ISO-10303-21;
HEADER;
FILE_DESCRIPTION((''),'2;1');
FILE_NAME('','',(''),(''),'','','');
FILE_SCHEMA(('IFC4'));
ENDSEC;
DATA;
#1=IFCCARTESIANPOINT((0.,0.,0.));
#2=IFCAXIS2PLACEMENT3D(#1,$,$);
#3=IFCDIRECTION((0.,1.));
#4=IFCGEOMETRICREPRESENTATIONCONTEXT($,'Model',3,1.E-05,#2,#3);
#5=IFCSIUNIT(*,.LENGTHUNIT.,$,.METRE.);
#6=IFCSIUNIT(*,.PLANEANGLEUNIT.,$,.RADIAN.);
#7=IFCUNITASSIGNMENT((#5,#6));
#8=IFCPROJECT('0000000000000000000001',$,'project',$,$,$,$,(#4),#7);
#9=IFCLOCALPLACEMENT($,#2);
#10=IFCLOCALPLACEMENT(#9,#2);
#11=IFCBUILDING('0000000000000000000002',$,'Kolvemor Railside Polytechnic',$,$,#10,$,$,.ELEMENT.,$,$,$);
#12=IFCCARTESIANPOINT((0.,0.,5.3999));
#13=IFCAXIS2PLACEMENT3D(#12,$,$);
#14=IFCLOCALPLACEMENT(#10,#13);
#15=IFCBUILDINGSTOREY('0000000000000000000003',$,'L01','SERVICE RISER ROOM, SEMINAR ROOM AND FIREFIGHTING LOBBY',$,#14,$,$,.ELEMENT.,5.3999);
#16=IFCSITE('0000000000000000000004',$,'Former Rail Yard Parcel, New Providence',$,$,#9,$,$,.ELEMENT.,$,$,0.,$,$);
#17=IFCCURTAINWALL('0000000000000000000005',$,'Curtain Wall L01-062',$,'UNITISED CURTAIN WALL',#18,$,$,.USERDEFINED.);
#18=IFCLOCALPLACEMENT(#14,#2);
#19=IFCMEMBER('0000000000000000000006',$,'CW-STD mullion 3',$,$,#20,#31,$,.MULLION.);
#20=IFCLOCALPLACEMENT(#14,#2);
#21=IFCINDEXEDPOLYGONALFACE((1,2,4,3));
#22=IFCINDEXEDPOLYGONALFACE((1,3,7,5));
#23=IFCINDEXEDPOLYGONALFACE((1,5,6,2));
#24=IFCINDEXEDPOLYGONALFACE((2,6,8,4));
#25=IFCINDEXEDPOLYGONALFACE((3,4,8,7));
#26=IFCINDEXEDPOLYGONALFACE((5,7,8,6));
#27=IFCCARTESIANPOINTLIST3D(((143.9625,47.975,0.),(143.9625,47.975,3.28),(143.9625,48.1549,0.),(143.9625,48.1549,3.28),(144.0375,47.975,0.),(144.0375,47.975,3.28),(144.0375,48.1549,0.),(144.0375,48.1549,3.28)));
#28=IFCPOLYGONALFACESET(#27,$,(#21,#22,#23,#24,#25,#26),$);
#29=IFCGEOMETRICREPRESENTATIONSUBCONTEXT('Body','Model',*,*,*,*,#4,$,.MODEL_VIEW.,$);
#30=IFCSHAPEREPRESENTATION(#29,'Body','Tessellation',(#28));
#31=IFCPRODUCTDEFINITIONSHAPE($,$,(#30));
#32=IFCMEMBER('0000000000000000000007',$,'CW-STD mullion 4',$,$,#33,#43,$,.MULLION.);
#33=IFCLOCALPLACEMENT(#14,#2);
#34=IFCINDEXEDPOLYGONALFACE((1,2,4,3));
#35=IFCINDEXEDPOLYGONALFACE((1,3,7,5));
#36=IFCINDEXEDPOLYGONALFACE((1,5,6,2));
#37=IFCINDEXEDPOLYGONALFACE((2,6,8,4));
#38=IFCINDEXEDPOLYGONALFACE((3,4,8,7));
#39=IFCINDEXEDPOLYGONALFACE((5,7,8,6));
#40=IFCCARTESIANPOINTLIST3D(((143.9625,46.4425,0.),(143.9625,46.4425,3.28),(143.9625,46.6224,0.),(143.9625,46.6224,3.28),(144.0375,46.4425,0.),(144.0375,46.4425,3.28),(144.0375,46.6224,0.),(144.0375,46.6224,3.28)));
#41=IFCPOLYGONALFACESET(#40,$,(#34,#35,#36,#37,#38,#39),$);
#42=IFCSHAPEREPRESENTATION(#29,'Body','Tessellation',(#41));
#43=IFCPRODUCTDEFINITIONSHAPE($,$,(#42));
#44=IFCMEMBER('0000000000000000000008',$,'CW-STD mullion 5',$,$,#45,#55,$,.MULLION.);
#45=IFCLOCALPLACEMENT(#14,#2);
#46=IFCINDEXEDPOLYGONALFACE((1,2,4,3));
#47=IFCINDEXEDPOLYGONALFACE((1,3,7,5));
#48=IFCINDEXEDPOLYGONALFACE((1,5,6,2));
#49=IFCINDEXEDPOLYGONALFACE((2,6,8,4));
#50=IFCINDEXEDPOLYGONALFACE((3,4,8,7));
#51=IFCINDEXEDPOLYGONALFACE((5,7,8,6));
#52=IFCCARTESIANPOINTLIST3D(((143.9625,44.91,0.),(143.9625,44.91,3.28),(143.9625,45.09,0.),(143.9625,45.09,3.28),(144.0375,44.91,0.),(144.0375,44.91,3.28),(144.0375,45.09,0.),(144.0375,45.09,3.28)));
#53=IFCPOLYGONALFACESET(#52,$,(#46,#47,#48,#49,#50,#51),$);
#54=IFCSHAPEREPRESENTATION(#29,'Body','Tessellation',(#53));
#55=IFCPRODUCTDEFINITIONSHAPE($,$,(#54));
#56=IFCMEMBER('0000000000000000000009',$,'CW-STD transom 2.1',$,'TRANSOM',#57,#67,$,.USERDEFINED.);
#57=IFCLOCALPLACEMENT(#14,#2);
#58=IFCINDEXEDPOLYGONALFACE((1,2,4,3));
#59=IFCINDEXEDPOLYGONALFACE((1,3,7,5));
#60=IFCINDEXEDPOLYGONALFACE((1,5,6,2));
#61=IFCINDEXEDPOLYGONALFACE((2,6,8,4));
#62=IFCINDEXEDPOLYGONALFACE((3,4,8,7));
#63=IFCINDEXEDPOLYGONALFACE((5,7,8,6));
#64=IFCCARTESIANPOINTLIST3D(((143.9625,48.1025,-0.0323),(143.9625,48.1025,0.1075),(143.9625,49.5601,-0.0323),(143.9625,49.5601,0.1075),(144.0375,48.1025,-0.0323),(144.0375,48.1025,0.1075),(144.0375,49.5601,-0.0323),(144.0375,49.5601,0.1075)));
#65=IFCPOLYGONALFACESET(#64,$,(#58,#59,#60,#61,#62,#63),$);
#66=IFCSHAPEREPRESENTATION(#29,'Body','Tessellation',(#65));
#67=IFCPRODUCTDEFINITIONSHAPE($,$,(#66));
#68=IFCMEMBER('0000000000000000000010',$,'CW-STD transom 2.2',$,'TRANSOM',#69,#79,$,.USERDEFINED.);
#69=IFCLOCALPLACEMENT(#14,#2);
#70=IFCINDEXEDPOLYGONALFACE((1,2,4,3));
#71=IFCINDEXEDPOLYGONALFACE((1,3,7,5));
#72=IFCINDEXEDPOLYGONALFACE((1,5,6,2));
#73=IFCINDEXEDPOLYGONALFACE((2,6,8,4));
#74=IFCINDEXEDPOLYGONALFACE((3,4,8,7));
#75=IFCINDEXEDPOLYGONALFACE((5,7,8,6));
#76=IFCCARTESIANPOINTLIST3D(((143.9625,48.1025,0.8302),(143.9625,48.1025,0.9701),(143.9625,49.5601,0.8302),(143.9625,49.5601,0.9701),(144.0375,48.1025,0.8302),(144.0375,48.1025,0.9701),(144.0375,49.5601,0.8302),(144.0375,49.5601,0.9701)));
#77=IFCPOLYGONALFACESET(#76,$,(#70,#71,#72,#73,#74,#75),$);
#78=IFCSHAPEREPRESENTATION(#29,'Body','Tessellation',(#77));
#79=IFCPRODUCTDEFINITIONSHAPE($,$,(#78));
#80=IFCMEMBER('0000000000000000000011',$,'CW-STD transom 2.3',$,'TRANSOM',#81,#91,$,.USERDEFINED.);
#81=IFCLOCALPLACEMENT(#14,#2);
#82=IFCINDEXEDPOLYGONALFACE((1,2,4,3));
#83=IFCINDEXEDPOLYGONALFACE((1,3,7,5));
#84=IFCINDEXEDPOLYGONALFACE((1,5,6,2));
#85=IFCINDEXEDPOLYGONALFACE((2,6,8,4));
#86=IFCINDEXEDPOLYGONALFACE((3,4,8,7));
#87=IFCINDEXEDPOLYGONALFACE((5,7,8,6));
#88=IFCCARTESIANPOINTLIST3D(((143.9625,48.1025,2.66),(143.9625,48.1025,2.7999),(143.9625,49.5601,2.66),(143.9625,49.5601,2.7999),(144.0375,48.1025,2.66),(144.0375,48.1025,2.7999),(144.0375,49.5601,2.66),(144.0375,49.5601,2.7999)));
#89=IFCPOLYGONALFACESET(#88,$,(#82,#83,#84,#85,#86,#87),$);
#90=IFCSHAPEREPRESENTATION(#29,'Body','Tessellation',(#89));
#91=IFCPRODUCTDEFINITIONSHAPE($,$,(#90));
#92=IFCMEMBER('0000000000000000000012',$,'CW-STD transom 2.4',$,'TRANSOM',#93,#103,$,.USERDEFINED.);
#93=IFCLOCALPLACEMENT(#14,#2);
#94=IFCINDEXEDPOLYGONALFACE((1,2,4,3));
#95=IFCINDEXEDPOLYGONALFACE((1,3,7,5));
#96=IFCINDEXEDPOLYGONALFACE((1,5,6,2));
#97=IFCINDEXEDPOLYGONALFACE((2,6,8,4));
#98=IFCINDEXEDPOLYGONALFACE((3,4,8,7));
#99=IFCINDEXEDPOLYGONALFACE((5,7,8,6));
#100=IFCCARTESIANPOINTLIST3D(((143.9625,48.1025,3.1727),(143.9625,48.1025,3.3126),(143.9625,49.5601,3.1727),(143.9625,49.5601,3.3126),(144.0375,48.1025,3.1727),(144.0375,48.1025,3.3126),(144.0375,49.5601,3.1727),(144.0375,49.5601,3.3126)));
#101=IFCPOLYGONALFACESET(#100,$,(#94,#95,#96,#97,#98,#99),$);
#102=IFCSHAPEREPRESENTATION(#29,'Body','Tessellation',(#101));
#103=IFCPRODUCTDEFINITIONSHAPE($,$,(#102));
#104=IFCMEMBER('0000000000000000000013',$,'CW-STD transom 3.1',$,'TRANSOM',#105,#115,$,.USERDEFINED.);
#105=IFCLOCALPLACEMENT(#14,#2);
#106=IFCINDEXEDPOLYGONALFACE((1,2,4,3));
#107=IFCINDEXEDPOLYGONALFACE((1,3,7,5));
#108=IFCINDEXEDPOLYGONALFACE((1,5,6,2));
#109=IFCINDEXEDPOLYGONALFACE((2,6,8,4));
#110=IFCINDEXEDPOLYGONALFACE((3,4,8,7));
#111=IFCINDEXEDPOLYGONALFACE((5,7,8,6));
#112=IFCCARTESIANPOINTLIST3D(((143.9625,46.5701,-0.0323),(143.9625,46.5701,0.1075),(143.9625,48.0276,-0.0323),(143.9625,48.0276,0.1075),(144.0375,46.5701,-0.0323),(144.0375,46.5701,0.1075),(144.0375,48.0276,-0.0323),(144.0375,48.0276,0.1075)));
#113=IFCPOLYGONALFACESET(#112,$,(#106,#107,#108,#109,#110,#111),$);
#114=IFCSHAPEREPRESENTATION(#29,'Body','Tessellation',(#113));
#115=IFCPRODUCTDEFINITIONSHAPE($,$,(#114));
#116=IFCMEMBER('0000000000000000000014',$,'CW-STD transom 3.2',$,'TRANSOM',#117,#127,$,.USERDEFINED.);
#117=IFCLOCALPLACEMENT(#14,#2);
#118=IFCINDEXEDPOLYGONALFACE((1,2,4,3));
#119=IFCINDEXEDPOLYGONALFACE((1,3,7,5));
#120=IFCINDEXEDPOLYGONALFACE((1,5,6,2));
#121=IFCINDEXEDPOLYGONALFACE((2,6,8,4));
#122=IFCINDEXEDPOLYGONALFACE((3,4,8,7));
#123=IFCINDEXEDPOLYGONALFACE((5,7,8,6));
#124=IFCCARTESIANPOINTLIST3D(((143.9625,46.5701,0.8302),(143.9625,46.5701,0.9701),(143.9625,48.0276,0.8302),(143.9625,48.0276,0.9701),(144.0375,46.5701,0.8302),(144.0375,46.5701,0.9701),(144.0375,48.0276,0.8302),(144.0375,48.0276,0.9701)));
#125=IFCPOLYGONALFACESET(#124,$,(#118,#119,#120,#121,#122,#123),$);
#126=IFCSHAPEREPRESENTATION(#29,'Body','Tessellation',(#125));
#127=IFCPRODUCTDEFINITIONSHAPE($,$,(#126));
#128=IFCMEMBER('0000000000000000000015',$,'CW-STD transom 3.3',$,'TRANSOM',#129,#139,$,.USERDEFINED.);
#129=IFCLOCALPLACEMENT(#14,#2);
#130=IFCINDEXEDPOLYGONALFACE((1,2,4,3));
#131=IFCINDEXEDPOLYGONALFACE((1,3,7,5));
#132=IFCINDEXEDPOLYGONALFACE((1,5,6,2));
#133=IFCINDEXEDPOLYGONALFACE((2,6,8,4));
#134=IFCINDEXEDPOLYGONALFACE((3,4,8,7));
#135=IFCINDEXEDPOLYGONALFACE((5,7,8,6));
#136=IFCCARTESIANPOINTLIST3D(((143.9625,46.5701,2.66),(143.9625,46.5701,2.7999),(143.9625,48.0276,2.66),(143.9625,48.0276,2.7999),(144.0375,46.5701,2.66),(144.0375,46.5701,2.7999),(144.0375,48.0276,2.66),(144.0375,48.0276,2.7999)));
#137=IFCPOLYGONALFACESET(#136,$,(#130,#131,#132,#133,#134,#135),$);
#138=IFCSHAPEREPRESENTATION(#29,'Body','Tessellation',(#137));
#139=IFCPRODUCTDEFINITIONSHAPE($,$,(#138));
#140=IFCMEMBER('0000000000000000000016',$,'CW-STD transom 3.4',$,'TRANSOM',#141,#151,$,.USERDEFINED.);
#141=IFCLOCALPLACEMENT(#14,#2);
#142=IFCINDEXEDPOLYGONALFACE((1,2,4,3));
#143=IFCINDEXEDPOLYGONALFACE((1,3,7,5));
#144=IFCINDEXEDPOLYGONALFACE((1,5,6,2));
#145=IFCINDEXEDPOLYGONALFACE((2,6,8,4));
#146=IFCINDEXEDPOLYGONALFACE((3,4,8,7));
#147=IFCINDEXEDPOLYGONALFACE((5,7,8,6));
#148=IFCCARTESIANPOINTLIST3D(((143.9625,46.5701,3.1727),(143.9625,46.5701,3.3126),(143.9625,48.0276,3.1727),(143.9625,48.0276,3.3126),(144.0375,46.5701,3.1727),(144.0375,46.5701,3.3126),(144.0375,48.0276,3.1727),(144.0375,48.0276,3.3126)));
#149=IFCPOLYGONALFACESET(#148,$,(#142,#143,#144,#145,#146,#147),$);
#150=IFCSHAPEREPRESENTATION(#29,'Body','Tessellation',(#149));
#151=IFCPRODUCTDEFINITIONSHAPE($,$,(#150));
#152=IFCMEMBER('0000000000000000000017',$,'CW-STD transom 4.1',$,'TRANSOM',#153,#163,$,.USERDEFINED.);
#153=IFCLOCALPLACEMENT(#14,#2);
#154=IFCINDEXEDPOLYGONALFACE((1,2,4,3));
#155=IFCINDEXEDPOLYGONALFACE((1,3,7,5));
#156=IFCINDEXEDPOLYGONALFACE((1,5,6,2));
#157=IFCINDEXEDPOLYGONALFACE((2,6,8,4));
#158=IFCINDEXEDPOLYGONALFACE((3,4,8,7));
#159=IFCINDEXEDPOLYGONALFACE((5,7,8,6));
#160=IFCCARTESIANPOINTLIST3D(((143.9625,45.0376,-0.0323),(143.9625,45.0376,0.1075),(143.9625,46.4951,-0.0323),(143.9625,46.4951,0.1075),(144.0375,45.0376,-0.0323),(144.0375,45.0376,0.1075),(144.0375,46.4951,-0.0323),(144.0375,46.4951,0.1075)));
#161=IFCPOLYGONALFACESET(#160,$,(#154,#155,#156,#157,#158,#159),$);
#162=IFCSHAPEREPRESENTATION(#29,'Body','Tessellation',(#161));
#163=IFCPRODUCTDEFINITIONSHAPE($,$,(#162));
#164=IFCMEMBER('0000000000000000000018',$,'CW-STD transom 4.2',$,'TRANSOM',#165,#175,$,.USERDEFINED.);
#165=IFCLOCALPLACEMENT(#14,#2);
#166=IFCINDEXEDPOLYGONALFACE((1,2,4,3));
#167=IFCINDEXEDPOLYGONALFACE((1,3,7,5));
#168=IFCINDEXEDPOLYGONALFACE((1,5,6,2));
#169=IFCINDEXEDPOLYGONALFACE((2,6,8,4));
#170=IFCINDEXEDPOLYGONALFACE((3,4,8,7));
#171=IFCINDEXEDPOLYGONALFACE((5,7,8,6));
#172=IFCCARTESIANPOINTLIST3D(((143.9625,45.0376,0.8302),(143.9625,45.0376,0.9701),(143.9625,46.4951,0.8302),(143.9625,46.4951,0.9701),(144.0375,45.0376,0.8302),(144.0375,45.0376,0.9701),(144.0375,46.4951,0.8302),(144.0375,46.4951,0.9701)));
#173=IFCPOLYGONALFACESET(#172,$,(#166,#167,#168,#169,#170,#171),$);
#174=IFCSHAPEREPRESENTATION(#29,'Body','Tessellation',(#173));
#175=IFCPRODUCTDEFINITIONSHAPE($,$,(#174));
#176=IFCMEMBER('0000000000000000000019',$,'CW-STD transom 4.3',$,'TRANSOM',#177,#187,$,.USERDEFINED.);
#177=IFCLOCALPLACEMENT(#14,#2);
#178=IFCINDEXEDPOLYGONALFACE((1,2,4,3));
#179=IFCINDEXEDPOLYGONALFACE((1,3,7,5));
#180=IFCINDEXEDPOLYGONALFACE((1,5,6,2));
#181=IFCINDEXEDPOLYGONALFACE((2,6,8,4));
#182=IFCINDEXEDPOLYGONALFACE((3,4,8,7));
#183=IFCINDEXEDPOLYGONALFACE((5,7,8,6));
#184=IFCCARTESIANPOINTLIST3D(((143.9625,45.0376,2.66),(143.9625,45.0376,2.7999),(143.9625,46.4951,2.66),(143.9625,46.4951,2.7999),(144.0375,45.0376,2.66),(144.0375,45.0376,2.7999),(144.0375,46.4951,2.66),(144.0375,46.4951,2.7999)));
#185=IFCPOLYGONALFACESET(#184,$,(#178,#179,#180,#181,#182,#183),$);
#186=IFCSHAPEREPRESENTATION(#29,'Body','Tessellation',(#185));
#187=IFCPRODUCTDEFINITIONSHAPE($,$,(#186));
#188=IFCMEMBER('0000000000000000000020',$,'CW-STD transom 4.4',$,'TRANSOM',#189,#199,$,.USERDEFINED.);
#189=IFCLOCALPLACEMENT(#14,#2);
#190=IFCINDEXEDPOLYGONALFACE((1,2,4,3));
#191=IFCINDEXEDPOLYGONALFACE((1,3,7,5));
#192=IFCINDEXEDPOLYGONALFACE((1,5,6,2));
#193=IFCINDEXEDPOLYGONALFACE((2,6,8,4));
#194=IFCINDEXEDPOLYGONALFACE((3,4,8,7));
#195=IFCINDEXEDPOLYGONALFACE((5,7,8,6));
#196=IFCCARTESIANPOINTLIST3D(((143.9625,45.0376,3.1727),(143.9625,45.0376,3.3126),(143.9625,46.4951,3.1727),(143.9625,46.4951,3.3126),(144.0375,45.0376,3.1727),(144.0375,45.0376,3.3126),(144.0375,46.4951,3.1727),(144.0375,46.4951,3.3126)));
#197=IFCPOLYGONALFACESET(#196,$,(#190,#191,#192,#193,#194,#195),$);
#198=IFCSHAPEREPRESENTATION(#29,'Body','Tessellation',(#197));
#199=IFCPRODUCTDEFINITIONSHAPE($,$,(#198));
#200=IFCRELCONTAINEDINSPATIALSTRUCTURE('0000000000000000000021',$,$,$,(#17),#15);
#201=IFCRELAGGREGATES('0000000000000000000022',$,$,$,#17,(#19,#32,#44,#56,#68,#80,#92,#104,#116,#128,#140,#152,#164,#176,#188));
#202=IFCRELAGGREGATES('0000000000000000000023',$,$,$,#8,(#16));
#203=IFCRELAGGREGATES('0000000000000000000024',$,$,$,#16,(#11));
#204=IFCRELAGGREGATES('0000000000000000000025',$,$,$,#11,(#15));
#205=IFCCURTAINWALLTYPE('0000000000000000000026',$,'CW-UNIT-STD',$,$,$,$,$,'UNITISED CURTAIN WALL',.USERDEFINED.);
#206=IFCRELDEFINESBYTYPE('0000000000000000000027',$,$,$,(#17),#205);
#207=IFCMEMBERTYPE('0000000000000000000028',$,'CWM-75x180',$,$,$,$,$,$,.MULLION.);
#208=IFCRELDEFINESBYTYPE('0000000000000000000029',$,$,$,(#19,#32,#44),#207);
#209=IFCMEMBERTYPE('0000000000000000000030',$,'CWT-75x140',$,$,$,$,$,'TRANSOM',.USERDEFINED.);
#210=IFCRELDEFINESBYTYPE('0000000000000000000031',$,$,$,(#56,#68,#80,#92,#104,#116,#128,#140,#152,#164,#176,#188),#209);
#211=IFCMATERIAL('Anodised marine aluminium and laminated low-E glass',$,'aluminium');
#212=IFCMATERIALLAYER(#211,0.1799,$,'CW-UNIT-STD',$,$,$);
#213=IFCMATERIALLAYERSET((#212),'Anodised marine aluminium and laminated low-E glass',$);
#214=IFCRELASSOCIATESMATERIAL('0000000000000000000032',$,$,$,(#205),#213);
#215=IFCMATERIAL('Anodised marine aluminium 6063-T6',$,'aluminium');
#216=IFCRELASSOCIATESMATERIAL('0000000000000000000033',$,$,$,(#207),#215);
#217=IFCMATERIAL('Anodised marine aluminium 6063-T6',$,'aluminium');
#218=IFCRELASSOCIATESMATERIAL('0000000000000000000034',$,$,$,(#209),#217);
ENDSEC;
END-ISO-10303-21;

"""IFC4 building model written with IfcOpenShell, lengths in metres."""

from ifc_helpers import new_model, si_unit, direction, frame, origin, origin_2d, place, context, subcontext, project, spatial, rectangle, extrude, material, layer, layer_set, material_profile, profile_set, type_object, element, aggregate, save


model = new_model("IFC4")

# Units and contexts
model_context = context("Model", 3, precision=1e-05, world=origin(), true_north=direction((0.0, 1.0)))
body_context = subcontext(model_context, "Body", "Model", "MODEL_VIEW")
ifc_project = project(units=[si_unit("LENGTHUNIT", "METRE"), si_unit("PLANEANGLEUNIT", "RADIAN")], contexts=[model_context])

# Site, building, storey
site_placement = place(None, origin())
site = spatial("IfcSite", under=ifc_project, at=site_placement, Name="Former Rail Yard Parcel, New Providence", CompositionType="ELEMENT", RefElevation=0.0)
building_placement = place(site_placement, origin())
building = spatial("IfcBuilding", under=site, at=building_placement, Name="Kolvemor Railside Polytechnic", CompositionType="ELEMENT")
storey_placement = place(building_placement, frame((0.0, 0.0, 5.3999)))
storey = spatial("IfcBuildingStorey", under=building, at=storey_placement, Name="L01", Description="SERVICE RISER ROOM, SEMINAR ROOM AND FIREFIGHTING LOBBY", CompositionType="ELEMENT", Elevation=5.3999)

# Curtain wall, members
ifc_material_1 = material(Name="Anodised marine aluminium and laminated low-E glass", Category="aluminium")
ifc_layer_1 = layer(ifc_material_1, 0.1799, Name="CW-UNIT-STD")
ifc_layer_set_1 = layer_set([ifc_layer_1], Name="Anodised marine aluminium and laminated low-E glass")
curtain_wall_type = type_object("IfcCurtainWallType", Name="CW-UNIT-STD", ElementType="UNITISED CURTAIN WALL", PredefinedType="USERDEFINED", material=ifc_layer_set_1)
curtain_wall_placement = place(storey_placement, origin())
curtain_wall = element("IfcCurtainWall", 1, at=curtain_wall_placement, inside=storey, type_object=curtain_wall_type, Name="Curtain Wall L01-062", ObjectType="UNITISED CURTAIN WALL", PredefinedType="USERDEFINED")
ifc_material_2 = material(Name="Anodised marine aluminium 6063-T6", Category="aluminium")
ifc_material_profile_1 = material_profile(ifc_material_2, rectangle(XDim=0.075, YDim=0.1799, at=origin_2d()), Name="CW-MUL-75x180")
ifc_profile_set_1 = profile_set([ifc_material_profile_1], Name="Anodised marine aluminium 6063-T6")
member_type_1 = type_object("IfcMemberType", Name="CWM-75x180", PredefinedType="MULLION", material=ifc_profile_set_1)
member_1_placement = place(storey_placement, frame((144.0, 48.0649, 0.0), z_axis=(0.0, 0.0, 1.0), x_axis=(1.0, 0.0, 0.0)))
member_1 = element("IfcMember", 2, at=member_1_placement, type_object=member_type_1, Name="CW-STD mullion 3", PredefinedType="MULLION", context=body_context, shape_type="SweptSolid", body=[
    extrude(rectangle(XDim=0.075, YDim=0.1799, at=origin_2d()), origin(), (0.0, 0.0, 1.0), 3.28),
])
member_2_placement = place(storey_placement, frame((144.0, 46.5325, 0.0), z_axis=(0.0, 0.0, 1.0), x_axis=(1.0, 0.0, 0.0)))
member_2 = element("IfcMember", 3, at=member_2_placement, type_object=member_type_1, Name="CW-STD mullion 4", PredefinedType="MULLION", context=body_context, shape_type="SweptSolid", body=[
    extrude(rectangle(XDim=0.075, YDim=0.1799, at=origin_2d()), origin(), (0.0, 0.0, 1.0), 3.28),
])
member_3_placement = place(storey_placement, frame((144.0, 45.0, 0.0), z_axis=(0.0, 0.0, 1.0), x_axis=(1.0, 0.0, 0.0)))
member_3 = element("IfcMember", 4, at=member_3_placement, type_object=member_type_1, Name="CW-STD mullion 5", PredefinedType="MULLION", context=body_context, shape_type="SweptSolid", body=[
    extrude(rectangle(XDim=0.075, YDim=0.1799, at=origin_2d()), origin(), (0.0, 0.0, 1.0), 3.28),
])
ifc_material_3 = material(Name="Anodised marine aluminium 6063-T6", Category="aluminium")
ifc_material_profile_2 = material_profile(ifc_material_3, rectangle(XDim=0.075, YDim=0.1399, at=origin_2d()), Name="CW-TRN-75x140")
ifc_profile_set_2 = profile_set([ifc_material_profile_2], Name="Anodised marine aluminium 6063-T6")
member_type_2 = type_object("IfcMemberType", Name="CWT-75x140", ElementType="TRANSOM", PredefinedType="USERDEFINED", material=ifc_profile_set_2)
member_4_placement = place(storey_placement, frame((144.0, 49.5601, 0.0376), z_axis=(0.0, -1.0, 0.0), x_axis=(1.0, 0.0, 0.0)))
member_4 = element("IfcMember", 5, at=member_4_placement, type_object=member_type_2, Name="CW-STD transom 2.1", ObjectType="TRANSOM", PredefinedType="USERDEFINED", context=body_context, shape_type="SweptSolid", body=[
    extrude(rectangle(XDim=0.075, YDim=0.1399, at=origin_2d()), origin(), (0.0, 0.0, 1.0), 1.4575),
])
member_5_placement = place(storey_placement, frame((144.0, 49.5601, 0.9001), z_axis=(0.0, -1.0, 0.0), x_axis=(1.0, 0.0, 0.0)))
member_5 = element("IfcMember", 6, at=member_5_placement, type_object=member_type_2, Name="CW-STD transom 2.2", ObjectType="TRANSOM", PredefinedType="USERDEFINED", context=body_context, shape_type="SweptSolid", body=[
    extrude(rectangle(XDim=0.075, YDim=0.1399, at=origin_2d()), origin(), (0.0, 0.0, 1.0), 1.4575),
])
member_6_placement = place(storey_placement, frame((144.0, 49.5601, 2.73), z_axis=(0.0, -1.0, 0.0), x_axis=(1.0, 0.0, 0.0)))
member_6 = element("IfcMember", 7, at=member_6_placement, type_object=member_type_2, Name="CW-STD transom 2.3", ObjectType="TRANSOM", PredefinedType="USERDEFINED", context=body_context, shape_type="SweptSolid", body=[
    extrude(rectangle(XDim=0.075, YDim=0.1399, at=origin_2d()), origin(), (0.0, 0.0, 1.0), 1.4575),
])
member_7_placement = place(storey_placement, frame((144.0, 49.5601, 3.2427), z_axis=(0.0, -1.0, 0.0), x_axis=(1.0, 0.0, 0.0)))
member_7 = element("IfcMember", 8, at=member_7_placement, type_object=member_type_2, Name="CW-STD transom 2.4", ObjectType="TRANSOM", PredefinedType="USERDEFINED", context=body_context, shape_type="SweptSolid", body=[
    extrude(rectangle(XDim=0.075, YDim=0.1399, at=origin_2d()), origin(), (0.0, 0.0, 1.0), 1.4575),
])
member_8_placement = place(storey_placement, frame((144.0, 48.0276, 0.0376), z_axis=(0.0, -1.0, 0.0), x_axis=(1.0, 0.0, 0.0)))
member_8 = element("IfcMember", 9, at=member_8_placement, type_object=member_type_2, Name="CW-STD transom 3.1", ObjectType="TRANSOM", PredefinedType="USERDEFINED", context=body_context, shape_type="SweptSolid", body=[
    extrude(rectangle(XDim=0.075, YDim=0.1399, at=origin_2d()), origin(), (0.0, 0.0, 1.0), 1.4575),
])
member_9_placement = place(storey_placement, frame((144.0, 48.0276, 0.9001), z_axis=(0.0, -1.0, 0.0), x_axis=(1.0, 0.0, 0.0)))
member_9 = element("IfcMember", 10, at=member_9_placement, type_object=member_type_2, Name="CW-STD transom 3.2", ObjectType="TRANSOM", PredefinedType="USERDEFINED", context=body_context, shape_type="SweptSolid", body=[
    extrude(rectangle(XDim=0.075, YDim=0.1399, at=origin_2d()), origin(), (0.0, 0.0, 1.0), 1.4575),
])
member_10_placement = place(storey_placement, frame((144.0, 48.0276, 2.73), z_axis=(0.0, -1.0, 0.0), x_axis=(1.0, 0.0, 0.0)))
member_10 = element("IfcMember", 11, at=member_10_placement, type_object=member_type_2, Name="CW-STD transom 3.3", ObjectType="TRANSOM", PredefinedType="USERDEFINED", context=body_context, shape_type="SweptSolid", body=[
    extrude(rectangle(XDim=0.075, YDim=0.1399, at=origin_2d()), origin(), (0.0, 0.0, 1.0), 1.4575),
])
member_11_placement = place(storey_placement, frame((144.0, 48.0276, 3.2427), z_axis=(0.0, -1.0, 0.0), x_axis=(1.0, 0.0, 0.0)))
member_11 = element("IfcMember", 12, at=member_11_placement, type_object=member_type_2, Name="CW-STD transom 3.4", ObjectType="TRANSOM", PredefinedType="USERDEFINED", context=body_context, shape_type="SweptSolid", body=[
    extrude(rectangle(XDim=0.075, YDim=0.1399, at=origin_2d()), origin(), (0.0, 0.0, 1.0), 1.4575),
])
member_12_placement = place(storey_placement, frame((144.0, 46.4951, 0.0376), z_axis=(0.0, -1.0, 0.0), x_axis=(1.0, 0.0, 0.0)))
member_12 = element("IfcMember", 13, at=member_12_placement, type_object=member_type_2, Name="CW-STD transom 4.1", ObjectType="TRANSOM", PredefinedType="USERDEFINED", context=body_context, shape_type="SweptSolid", body=[
    extrude(rectangle(XDim=0.075, YDim=0.1399, at=origin_2d()), origin(), (0.0, 0.0, 1.0), 1.4575),
])
member_13_placement = place(storey_placement, frame((144.0, 46.4951, 0.9001), z_axis=(0.0, -1.0, 0.0), x_axis=(1.0, 0.0, 0.0)))
member_13 = element("IfcMember", 14, at=member_13_placement, type_object=member_type_2, Name="CW-STD transom 4.2", ObjectType="TRANSOM", PredefinedType="USERDEFINED", context=body_context, shape_type="SweptSolid", body=[
    extrude(rectangle(XDim=0.075, YDim=0.1399, at=origin_2d()), origin(), (0.0, 0.0, 1.0), 1.4575),
])
member_14_placement = place(storey_placement, frame((144.0, 46.4951, 2.73), z_axis=(0.0, -1.0, 0.0), x_axis=(1.0, 0.0, 0.0)))
member_14 = element("IfcMember", 15, at=member_14_placement, type_object=member_type_2, Name="CW-STD transom 4.3", ObjectType="TRANSOM", PredefinedType="USERDEFINED", context=body_context, shape_type="SweptSolid", body=[
    extrude(rectangle(XDim=0.075, YDim=0.1399, at=origin_2d()), origin(), (0.0, 0.0, 1.0), 1.4575),
])
member_15_placement = place(storey_placement, frame((144.0, 46.4951, 3.2427), z_axis=(0.0, -1.0, 0.0), x_axis=(1.0, 0.0, 0.0)))
member_15 = element("IfcMember", 16, at=member_15_placement, type_object=member_type_2, Name="CW-STD transom 4.4", ObjectType="TRANSOM", PredefinedType="USERDEFINED", context=body_context, shape_type="SweptSolid", body=[
    extrude(rectangle(XDim=0.075, YDim=0.1399, at=origin_2d()), origin(), (0.0, 0.0, 1.0), 1.4575),
])
aggregate(curtain_wall, [member_1, member_2, member_3, member_4, member_5, member_6, member_7, member_8, member_9, member_10, member_11, member_12, member_13, member_14, member_15])

save(model, "model.ifc")
